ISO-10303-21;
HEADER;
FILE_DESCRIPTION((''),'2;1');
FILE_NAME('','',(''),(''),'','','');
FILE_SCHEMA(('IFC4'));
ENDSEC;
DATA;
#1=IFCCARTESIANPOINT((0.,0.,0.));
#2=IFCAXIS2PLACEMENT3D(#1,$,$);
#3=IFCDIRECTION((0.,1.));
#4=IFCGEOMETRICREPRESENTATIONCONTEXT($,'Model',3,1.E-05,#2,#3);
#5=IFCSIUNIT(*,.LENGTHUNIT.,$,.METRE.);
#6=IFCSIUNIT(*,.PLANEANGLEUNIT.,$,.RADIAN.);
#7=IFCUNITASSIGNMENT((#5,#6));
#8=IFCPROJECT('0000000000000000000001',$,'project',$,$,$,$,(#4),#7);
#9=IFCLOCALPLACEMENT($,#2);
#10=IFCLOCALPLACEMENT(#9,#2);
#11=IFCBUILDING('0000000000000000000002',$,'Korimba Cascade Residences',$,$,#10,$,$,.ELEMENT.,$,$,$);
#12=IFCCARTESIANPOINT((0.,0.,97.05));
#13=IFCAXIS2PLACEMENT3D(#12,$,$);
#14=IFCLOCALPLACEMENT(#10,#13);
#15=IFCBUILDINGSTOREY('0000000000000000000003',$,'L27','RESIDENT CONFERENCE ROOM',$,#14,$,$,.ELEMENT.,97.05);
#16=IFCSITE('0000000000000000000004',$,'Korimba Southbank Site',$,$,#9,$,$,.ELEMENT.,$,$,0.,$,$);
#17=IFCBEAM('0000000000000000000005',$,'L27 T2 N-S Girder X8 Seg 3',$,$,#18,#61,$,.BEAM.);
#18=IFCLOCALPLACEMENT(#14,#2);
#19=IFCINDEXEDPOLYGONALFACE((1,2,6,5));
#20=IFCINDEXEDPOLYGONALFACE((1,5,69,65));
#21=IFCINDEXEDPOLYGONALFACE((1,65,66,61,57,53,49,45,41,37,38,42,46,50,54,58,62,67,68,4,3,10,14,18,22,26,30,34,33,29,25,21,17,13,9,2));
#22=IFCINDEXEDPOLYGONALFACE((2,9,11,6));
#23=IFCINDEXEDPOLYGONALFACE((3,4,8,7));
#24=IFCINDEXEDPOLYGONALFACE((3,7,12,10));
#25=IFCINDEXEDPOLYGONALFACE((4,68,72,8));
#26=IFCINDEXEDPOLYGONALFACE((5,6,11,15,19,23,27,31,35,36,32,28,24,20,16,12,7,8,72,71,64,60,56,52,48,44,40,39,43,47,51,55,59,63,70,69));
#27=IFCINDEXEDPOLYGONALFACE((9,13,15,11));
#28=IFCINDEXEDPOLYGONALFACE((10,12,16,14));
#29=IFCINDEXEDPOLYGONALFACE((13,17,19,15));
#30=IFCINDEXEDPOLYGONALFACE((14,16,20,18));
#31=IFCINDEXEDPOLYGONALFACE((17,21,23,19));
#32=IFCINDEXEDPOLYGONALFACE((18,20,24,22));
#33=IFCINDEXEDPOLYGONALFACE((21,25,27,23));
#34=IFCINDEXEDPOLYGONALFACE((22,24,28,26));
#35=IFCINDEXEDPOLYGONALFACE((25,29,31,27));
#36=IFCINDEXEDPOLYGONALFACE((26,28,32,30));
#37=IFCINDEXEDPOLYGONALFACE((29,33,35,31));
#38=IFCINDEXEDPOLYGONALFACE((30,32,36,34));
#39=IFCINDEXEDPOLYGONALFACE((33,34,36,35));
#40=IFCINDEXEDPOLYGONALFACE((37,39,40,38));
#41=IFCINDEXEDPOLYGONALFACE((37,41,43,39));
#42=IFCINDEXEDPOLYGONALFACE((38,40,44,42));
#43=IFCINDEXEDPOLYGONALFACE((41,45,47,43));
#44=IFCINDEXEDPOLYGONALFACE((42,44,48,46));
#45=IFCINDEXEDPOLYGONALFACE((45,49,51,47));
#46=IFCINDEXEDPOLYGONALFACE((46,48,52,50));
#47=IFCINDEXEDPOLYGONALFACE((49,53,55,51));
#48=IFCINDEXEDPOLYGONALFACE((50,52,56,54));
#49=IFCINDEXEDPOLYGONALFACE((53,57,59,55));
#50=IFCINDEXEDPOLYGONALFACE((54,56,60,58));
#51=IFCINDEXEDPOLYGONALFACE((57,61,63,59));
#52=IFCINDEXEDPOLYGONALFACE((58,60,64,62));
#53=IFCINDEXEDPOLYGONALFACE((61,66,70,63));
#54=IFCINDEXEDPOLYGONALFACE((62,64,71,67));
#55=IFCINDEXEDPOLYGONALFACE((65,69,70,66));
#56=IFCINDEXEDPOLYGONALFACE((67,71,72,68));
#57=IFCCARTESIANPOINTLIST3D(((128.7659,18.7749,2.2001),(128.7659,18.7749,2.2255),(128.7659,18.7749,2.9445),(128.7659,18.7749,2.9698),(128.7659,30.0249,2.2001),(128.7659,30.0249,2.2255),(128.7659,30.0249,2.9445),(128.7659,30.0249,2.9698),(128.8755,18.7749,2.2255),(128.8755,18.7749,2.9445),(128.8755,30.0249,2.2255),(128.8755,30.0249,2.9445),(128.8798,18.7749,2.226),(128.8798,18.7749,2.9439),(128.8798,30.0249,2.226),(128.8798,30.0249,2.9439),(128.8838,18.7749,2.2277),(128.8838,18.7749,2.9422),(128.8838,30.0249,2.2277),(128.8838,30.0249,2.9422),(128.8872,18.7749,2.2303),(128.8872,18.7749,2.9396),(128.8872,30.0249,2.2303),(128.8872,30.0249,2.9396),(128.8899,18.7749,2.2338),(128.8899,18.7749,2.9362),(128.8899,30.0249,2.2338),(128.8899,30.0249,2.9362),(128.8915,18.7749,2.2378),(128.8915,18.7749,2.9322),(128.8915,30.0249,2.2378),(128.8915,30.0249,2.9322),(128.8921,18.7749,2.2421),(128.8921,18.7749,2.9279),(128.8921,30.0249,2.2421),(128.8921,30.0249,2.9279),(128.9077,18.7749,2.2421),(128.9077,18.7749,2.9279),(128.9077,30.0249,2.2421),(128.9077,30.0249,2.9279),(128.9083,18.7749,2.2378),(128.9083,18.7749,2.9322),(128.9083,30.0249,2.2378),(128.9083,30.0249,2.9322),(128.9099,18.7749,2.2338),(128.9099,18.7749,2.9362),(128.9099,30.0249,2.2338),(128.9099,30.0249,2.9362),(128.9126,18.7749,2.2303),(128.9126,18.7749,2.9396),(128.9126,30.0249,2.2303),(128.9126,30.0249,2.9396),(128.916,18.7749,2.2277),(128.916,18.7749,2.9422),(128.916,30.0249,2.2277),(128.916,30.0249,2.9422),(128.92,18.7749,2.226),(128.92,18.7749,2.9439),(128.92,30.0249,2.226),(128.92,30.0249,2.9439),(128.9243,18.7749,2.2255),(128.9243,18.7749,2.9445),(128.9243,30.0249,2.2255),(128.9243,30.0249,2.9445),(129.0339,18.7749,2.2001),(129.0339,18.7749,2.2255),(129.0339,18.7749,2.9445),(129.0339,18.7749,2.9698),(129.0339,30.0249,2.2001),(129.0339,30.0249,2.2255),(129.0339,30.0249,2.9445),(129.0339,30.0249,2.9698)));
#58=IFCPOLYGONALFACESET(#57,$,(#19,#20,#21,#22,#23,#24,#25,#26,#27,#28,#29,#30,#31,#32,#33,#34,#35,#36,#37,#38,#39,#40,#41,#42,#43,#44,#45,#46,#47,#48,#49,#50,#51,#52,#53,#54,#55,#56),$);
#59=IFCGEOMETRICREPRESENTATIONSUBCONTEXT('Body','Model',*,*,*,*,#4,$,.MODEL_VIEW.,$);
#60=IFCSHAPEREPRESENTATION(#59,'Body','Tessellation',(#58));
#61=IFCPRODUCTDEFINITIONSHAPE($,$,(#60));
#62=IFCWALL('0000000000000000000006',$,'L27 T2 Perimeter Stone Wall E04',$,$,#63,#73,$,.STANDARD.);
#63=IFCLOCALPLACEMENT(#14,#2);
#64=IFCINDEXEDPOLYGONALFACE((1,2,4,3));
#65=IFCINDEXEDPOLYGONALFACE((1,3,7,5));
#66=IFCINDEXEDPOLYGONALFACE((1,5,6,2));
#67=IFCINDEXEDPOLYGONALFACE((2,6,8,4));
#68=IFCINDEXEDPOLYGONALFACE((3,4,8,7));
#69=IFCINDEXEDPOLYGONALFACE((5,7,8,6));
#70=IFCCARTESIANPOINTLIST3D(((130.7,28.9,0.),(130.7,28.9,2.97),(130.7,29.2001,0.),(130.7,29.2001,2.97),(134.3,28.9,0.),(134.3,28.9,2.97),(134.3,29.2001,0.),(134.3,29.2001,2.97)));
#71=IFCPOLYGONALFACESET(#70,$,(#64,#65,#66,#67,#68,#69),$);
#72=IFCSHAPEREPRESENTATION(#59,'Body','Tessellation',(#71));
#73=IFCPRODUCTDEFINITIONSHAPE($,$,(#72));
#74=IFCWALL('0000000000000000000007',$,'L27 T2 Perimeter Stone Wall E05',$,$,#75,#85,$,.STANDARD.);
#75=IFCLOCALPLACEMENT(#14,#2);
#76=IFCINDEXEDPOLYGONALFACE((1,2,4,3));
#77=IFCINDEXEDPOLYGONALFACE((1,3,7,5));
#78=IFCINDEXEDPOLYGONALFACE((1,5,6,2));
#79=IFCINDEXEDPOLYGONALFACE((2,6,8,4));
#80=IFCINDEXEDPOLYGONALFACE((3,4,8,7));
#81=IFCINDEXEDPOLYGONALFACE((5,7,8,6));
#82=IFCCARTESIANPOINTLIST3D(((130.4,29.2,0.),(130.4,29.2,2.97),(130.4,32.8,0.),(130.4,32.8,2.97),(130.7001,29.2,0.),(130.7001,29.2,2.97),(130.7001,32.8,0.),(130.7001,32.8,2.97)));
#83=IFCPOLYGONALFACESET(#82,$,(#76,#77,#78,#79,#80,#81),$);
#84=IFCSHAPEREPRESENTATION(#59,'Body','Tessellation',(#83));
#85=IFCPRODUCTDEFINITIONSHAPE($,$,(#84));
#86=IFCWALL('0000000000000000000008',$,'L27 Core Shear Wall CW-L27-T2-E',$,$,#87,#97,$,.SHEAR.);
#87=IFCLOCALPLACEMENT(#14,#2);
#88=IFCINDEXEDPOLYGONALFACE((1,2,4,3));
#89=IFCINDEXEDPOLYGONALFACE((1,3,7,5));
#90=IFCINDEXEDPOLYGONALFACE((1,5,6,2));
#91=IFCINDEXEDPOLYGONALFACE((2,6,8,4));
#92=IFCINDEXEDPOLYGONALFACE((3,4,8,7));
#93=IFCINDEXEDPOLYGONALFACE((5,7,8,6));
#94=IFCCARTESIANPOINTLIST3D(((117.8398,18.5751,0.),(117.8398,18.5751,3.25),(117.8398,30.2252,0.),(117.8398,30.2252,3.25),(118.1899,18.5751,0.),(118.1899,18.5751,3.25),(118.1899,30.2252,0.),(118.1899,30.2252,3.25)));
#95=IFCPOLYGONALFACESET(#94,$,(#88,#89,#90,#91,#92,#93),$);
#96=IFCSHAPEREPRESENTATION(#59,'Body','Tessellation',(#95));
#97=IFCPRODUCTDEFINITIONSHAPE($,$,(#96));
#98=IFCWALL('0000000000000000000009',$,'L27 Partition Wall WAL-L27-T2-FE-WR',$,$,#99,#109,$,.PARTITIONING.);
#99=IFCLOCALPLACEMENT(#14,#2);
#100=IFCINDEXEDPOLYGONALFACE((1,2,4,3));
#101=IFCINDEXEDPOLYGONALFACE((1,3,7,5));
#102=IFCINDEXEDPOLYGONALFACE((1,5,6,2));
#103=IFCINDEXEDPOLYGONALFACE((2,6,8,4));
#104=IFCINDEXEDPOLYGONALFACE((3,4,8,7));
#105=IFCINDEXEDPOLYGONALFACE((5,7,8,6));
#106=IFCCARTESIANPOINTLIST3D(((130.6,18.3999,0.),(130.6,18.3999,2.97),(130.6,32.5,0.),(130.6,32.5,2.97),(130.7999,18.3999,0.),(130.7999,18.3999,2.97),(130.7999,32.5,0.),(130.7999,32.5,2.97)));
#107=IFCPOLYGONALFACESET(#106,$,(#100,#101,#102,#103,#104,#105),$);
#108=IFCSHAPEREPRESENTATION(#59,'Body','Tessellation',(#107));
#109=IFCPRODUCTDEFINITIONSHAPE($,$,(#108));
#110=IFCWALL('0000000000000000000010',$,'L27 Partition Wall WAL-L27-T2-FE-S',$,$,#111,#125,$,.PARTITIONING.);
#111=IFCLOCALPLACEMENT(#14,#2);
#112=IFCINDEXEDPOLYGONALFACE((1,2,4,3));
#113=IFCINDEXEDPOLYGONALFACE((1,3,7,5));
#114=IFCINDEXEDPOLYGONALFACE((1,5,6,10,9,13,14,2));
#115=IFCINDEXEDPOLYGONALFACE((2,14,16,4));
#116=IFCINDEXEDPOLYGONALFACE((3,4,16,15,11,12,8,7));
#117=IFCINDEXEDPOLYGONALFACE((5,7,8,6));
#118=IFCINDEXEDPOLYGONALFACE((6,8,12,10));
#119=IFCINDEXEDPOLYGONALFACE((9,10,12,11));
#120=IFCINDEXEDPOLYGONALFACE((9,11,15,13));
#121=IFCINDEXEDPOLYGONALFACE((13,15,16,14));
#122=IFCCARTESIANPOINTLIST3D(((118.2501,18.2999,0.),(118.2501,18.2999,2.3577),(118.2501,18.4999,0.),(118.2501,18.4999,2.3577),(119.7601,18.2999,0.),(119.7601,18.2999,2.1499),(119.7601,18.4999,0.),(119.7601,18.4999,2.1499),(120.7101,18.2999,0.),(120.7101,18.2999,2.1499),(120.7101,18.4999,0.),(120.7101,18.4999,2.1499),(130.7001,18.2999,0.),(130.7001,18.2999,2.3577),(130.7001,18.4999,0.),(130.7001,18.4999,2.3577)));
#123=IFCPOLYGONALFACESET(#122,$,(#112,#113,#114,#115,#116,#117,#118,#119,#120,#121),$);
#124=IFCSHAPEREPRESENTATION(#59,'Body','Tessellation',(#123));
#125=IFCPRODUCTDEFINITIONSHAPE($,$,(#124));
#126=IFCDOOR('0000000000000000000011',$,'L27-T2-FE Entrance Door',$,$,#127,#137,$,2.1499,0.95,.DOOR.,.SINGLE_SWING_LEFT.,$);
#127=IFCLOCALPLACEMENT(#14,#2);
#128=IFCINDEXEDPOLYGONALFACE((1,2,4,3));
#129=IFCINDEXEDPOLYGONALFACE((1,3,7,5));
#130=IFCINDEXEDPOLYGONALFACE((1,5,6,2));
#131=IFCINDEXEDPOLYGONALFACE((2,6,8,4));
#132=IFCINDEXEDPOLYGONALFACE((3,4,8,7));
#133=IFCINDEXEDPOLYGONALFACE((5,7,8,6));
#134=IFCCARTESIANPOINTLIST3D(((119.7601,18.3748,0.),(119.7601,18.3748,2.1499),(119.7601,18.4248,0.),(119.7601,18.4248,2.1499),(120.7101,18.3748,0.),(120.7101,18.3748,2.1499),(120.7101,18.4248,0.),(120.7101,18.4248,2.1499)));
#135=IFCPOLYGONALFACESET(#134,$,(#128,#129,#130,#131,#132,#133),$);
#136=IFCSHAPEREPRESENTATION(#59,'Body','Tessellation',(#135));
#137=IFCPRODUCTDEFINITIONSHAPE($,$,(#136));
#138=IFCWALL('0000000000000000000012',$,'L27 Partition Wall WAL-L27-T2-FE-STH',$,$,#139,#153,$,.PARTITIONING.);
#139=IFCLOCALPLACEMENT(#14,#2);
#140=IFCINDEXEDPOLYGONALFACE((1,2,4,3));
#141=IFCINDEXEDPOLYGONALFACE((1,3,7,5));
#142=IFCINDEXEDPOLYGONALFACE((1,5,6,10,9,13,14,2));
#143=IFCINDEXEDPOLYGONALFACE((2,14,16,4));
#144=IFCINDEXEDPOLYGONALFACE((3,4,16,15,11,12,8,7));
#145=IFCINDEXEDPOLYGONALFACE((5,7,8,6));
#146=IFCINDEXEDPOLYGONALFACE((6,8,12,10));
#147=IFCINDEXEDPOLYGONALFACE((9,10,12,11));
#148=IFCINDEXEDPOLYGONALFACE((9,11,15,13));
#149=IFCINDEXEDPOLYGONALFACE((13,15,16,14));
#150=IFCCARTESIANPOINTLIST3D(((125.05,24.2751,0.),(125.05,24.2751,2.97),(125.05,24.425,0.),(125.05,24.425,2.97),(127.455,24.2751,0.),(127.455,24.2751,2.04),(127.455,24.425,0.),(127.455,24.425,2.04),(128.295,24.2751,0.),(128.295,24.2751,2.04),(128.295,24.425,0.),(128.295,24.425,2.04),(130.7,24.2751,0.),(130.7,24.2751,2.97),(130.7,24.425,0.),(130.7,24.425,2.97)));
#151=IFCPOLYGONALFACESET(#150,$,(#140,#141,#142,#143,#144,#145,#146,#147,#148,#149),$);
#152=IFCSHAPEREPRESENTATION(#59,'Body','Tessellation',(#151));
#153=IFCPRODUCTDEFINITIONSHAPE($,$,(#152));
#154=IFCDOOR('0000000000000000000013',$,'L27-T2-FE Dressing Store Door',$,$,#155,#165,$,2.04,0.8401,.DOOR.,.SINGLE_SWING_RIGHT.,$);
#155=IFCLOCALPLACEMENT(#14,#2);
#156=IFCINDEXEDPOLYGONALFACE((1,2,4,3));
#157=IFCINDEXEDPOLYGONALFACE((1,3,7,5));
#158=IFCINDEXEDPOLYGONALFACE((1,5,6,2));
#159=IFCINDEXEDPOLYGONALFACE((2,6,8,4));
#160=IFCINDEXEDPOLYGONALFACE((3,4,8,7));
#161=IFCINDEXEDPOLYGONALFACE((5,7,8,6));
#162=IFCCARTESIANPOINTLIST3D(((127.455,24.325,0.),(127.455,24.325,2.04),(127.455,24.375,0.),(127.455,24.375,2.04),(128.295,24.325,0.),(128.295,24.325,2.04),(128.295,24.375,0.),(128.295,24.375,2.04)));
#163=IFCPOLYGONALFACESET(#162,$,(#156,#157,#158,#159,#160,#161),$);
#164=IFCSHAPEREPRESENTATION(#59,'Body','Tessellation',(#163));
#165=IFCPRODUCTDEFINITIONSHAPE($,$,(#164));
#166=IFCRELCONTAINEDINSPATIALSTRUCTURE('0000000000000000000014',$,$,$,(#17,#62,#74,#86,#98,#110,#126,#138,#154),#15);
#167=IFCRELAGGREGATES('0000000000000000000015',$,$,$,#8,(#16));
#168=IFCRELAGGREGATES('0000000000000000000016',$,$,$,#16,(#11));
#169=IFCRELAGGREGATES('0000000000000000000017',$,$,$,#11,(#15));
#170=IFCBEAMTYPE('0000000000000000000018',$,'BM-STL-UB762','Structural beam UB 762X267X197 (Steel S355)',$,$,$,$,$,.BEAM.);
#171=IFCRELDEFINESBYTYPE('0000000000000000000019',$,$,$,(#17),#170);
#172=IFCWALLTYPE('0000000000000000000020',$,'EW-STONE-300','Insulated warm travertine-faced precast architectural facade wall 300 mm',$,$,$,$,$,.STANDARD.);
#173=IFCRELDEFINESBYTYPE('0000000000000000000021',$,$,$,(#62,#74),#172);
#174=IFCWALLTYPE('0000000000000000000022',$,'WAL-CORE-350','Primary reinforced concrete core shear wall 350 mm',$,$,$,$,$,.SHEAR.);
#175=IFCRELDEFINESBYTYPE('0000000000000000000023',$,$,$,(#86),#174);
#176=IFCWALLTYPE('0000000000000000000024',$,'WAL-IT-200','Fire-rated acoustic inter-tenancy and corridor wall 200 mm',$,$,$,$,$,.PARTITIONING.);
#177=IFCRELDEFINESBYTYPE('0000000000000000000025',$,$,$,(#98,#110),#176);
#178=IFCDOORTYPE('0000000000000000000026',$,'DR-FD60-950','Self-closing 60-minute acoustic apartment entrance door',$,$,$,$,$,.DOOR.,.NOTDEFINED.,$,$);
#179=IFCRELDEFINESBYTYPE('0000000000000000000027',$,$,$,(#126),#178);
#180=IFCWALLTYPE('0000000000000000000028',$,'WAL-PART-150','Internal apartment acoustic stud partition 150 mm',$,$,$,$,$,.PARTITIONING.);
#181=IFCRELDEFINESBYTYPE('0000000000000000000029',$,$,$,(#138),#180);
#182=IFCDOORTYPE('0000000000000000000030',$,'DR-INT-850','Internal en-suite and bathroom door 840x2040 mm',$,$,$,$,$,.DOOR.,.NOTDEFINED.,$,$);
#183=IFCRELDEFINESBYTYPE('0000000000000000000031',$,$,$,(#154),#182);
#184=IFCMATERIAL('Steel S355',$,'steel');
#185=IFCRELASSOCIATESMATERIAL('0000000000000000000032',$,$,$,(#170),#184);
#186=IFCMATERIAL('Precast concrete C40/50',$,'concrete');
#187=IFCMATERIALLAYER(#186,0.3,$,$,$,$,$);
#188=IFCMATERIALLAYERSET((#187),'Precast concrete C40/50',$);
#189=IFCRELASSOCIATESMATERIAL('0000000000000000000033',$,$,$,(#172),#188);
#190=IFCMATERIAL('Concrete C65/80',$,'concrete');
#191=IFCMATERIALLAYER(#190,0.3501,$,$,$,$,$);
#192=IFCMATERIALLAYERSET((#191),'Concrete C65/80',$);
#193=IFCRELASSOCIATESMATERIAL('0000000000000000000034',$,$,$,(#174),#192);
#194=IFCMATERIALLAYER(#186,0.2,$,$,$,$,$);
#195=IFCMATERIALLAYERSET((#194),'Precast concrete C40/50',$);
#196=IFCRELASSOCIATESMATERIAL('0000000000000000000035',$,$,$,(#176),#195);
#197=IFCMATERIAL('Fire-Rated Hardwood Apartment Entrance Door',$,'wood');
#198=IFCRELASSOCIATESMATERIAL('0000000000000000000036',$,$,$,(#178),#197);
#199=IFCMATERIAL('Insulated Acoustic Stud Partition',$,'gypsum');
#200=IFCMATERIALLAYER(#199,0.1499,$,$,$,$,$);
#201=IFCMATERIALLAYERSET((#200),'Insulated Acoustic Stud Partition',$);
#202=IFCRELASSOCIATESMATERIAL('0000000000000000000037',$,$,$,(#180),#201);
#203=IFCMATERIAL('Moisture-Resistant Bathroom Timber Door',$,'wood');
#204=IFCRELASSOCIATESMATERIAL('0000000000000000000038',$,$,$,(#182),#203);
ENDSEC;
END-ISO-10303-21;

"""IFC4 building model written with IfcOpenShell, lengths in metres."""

from ifc_helpers import new_model, si_unit, direction, frame, frame_2d, origin, origin_2d, place, context, subcontext, project, spatial, rectangle, i_section, extrude, material, layer, layer_set, material_profile, profile_set, type_object, element, fill, save


model = new_model("IFC4")

# Units and contexts
model_context = context("Model", 3, precision=1e-05, world=origin(), true_north=direction((0.0, 1.0)))
body_context = subcontext(model_context, "Body", "Model", "MODEL_VIEW")
ifc_project = project(units=[si_unit("LENGTHUNIT", "METRE"), si_unit("PLANEANGLEUNIT", "RADIAN")], contexts=[model_context])

# Site, building, storey
site_placement = place(None, origin())
site = spatial("IfcSite", under=ifc_project, at=site_placement, Name="Korimba Southbank Site", CompositionType="ELEMENT", RefElevation=0.0)
building_placement = place(site_placement, origin())
building = spatial("IfcBuilding", under=site, at=building_placement, Name="Korimba Cascade Residences", CompositionType="ELEMENT")
storey_placement = place(building_placement, frame((0.0, 0.0, 97.05)))
storey = spatial("IfcBuildingStorey", under=building, at=storey_placement, Name="L27", Description="RESIDENT CONFERENCE ROOM", CompositionType="ELEMENT", Elevation=97.05)

# Shared definitions
ifc_material_1 = material(Name="Concrete C65/80", Category="concrete")

# Beam
ifc_material_2 = material(Name="Steel S355", Category="steel")
ifc_material_profile_1 = material_profile(ifc_material_2, i_section(OverallWidth=0.2681, OverallDepth=0.7698, WebThickness=0.0156, FlangeThickness=0.0254, FilletRadius=0.0166, at=origin_2d()), Name="Steel S355")
ifc_profile_set_1 = profile_set([ifc_material_profile_1], Name="Steel S355")
beam_type_1 = type_object("IfcBeamType", Name="BM-STL-UB762", Description="Structural beam UB 762X267X197 (Steel S355)", PredefinedType="BEAM", material=ifc_profile_set_1)
beam_1_placement = place(storey_placement, frame((128.8999, 18.7749, 2.585), z_axis=(0.0, 1.0, 0.0), x_axis=(-1.0, 0.0, 0.0)))
element("IfcBeam", 1, at=beam_1_placement, inside=storey, type_object=beam_type_1, Name="L27 T2 N-S Girder X8 Seg 3", PredefinedType="BEAM", context=body_context, shape_type="SweptSolid", body=[
    extrude(i_section(OverallWidth=0.2681, OverallDepth=0.7698, WebThickness=0.0156, FlangeThickness=0.0254, FilletRadius=0.0166, at=origin_2d()), origin(), (0.0, 0.0, 1.0), 11.25),
])

# Walls
ifc_material_3 = material(Name="Precast concrete C40/50", Category="concrete")
ifc_layer_1 = layer(ifc_material_3, 0.3)
ifc_layer_set_1 = layer_set([ifc_layer_1], Name="Precast concrete C40/50")
wall_type_1 = type_object("IfcWallType", Name="EW-STONE-300", Description="Insulated warm travertine-faced precast architectural facade wall 300 mm", PredefinedType="STANDARD", material=ifc_layer_set_1)
for number, where, z_axis, x_axis, name in (
    (2, (134.3, 29.05, 0.0), (0.0, 0.0, 1.0), (-1.0, 0.0, 0.0), "L27 T2 Perimeter Stone Wall E04"),
    (3, (130.55, 29.2, 0.0), (0.0, 0.0, 1.0), (0.0, 1.0, 0.0), "L27 T2 Perimeter Stone Wall E05"),
):
    element("IfcWall", number, at=place(storey_placement, frame(where, z_axis=z_axis, x_axis=x_axis)), inside=storey, type_object=wall_type_1, Name=name, PredefinedType="STANDARD", context=body_context, shape_type="SweptSolid", body=[
        extrude(rectangle(XDim=3.6001, YDim=0.3, at=frame_2d((1.8, 0.0))), origin(), (0.0, 0.0, 1.0), 2.97),
    ])
ifc_layer_2 = layer(ifc_material_1, 0.3501)
ifc_layer_set_2 = layer_set([ifc_layer_2], Name="Concrete C65/80")
wall_type_2 = type_object("IfcWallType", Name="WAL-CORE-350", Description="Primary reinforced concrete core shear wall 350 mm", PredefinedType="SHEAR", material=ifc_layer_set_2)
wall_1_placement = place(storey_placement, frame((118.0149, 18.575, 0.0), z_axis=(0.0, 0.0, 1.0), x_axis=(0.0, 1.0, 0.0)))
element("IfcWall", 4, at=wall_1_placement, inside=storey, type_object=wall_type_2, Name="L27 Core Shear Wall CW-L27-T2-E", PredefinedType="SHEAR", context=body_context, shape_type="SweptSolid", body=[
    extrude(rectangle(XDim=11.6501, YDim=0.3501, at=frame_2d((5.8252, 0.0))), origin(), (0.0, 0.0, 1.0), 3.25),
])
ifc_layer_3 = layer(ifc_material_3, 0.2)
ifc_layer_set_3 = layer_set([ifc_layer_3], Name="Precast concrete C40/50")
wall_type_3 = type_object("IfcWallType", Name="WAL-IT-200", Description="Fire-rated acoustic inter-tenancy and corridor wall 200 mm", PredefinedType="PARTITIONING", material=ifc_layer_set_3)
wall_2_placement = place(storey_placement, frame((130.7, 18.3999, 0.0), z_axis=(0.0, 0.0, 1.0), x_axis=(0.0, 1.0, 0.0)))
element("IfcWall", 5, at=wall_2_placement, inside=storey, type_object=wall_type_3, Name="L27 Partition Wall WAL-L27-T2-FE-WR", PredefinedType="PARTITIONING", context=body_context, shape_type="SweptSolid", body=[
    extrude(rectangle(XDim=14.1001, YDim=0.2, at=frame_2d((7.05, 0.0))), origin(), (0.0, 0.0, 1.0), 2.97),
])

# Walls, openings, doors
wall_3_placement = place(storey_placement, frame((118.25, 18.3999, 0.0), z_axis=(0.0, 0.0, 1.0), x_axis=(1.0, 0.0, 0.0)))
wall_3 = element("IfcWall", 6, at=wall_3_placement, inside=storey, type_object=wall_type_3, Name="L27 Partition Wall WAL-L27-T2-FE-S", PredefinedType="PARTITIONING", context=body_context, shape_type="SweptSolid", body=[
    extrude(rectangle(XDim=12.45, YDim=0.2, at=frame_2d((6.2251, 0.0))), origin(), (0.0, 0.0, 1.0), 2.3577),
])
opening_1_placement = place(wall_3_placement, frame((1.51, 0.0, 0.0)))
opening_1 = element("IfcOpeningElement", 7, at=opening_1_placement, cuts=wall_3, PredefinedType="OPENING", context=body_context, shape_type="SweptSolid", body=[
    extrude(rectangle(XDim=0.95, YDim=2.1499, at=frame_2d((0.4751, 1.075))), frame((0.0, 0.1099, 0.0), z_axis=(0.0, -1.0, 0.0), x_axis=(1.0, 0.0, 0.0)), (0.0, 0.0, 1.0), 0.22),
])
ifc_material_4 = material(Name="Fire-Rated Hardwood Apartment Entrance Door", Category="wood")
door_type_1 = type_object("IfcDoorType", Name="DR-FD60-950", Description="Self-closing 60-minute acoustic apartment entrance door", OperationType="NOTDEFINED", PredefinedType="DOOR", material=ifc_material_4)
door_1_placement = place(opening_1_placement, origin())
door_1 = element("IfcDoor", 8, at=door_1_placement, inside=storey, type_object=door_type_1, Name="L27-T2-FE Entrance Door", OperationType="SINGLE_SWING_LEFT", OverallHeight=2.1499, OverallWidth=0.95, PredefinedType="DOOR", context=body_context, shape_type="SweptSolid", body=[
    extrude(rectangle(XDim=0.95, YDim=2.1499, at=frame_2d((0.4751, 1.075))), frame((0.0, 0.0249, 0.0), z_axis=(0.0, -1.0, 0.0), x_axis=(1.0, 0.0, 0.0)), (0.0, 0.0, 1.0), 0.05),
])
fill(opening_1, door_1)
ifc_material_5 = material(Name="Insulated Acoustic Stud Partition", Category="gypsum")
ifc_layer_4 = layer(ifc_material_5, 0.1499)
ifc_layer_set_4 = layer_set([ifc_layer_4], Name="Insulated Acoustic Stud Partition")
wall_type_4 = type_object("IfcWallType", Name="WAL-PART-150", Description="Internal apartment acoustic stud partition 150 mm", PredefinedType="PARTITIONING", material=ifc_layer_set_4)
wall_4_placement = place(storey_placement, frame((125.05, 24.3501, 0.0), z_axis=(0.0, 0.0, 1.0), x_axis=(1.0, 0.0, 0.0)))
wall_4 = element("IfcWall", 9, at=wall_4_placement, inside=storey, type_object=wall_type_4, Name="L27 Partition Wall WAL-L27-T2-FE-STH", PredefinedType="PARTITIONING", context=body_context, shape_type="SweptSolid", body=[
    extrude(rectangle(XDim=5.6499, YDim=0.1499, at=frame_2d((2.825, 0.0))), origin(), (0.0, 0.0, 1.0), 2.97),
])
opening_2_placement = place(wall_4_placement, frame((2.405, 0.0, 0.0)))
opening_2 = element("IfcOpeningElement", 10, at=opening_2_placement, cuts=wall_4, PredefinedType="OPENING", context=body_context, shape_type="SweptSolid", body=[
    extrude(rectangle(XDim=0.8401, YDim=2.04, at=frame_2d((0.4199, 1.02))), frame((0.0, 0.085, 0.0), z_axis=(0.0, -1.0, 0.0), x_axis=(1.0, 0.0, 0.0)), (0.0, 0.0, 1.0), 0.1699),
])
ifc_material_6 = material(Name="Moisture-Resistant Bathroom Timber Door", Category="wood")
door_type_2 = type_object("IfcDoorType", Name="DR-INT-850", Description="Internal en-suite and bathroom door 840x2040 mm", OperationType="NOTDEFINED", PredefinedType="DOOR", material=ifc_material_6)
door_2_placement = place(opening_2_placement, origin())
door_2 = element("IfcDoor", 11, at=door_2_placement, inside=storey, type_object=door_type_2, Name="L27-T2-FE Dressing Store Door", OperationType="SINGLE_SWING_RIGHT", OverallHeight=2.04, OverallWidth=0.8401, PredefinedType="DOOR", context=body_context, shape_type="SweptSolid", body=[
    extrude(rectangle(XDim=0.8401, YDim=2.04, at=frame_2d((0.4199, 1.02))), frame((0.0, 0.0249, 0.0), z_axis=(0.0, -1.0, 0.0), x_axis=(1.0, 0.0, 0.0)), (0.0, 0.0, 1.0), 0.05),
])
fill(opening_2, door_2)

save(model, "model.ifc")
